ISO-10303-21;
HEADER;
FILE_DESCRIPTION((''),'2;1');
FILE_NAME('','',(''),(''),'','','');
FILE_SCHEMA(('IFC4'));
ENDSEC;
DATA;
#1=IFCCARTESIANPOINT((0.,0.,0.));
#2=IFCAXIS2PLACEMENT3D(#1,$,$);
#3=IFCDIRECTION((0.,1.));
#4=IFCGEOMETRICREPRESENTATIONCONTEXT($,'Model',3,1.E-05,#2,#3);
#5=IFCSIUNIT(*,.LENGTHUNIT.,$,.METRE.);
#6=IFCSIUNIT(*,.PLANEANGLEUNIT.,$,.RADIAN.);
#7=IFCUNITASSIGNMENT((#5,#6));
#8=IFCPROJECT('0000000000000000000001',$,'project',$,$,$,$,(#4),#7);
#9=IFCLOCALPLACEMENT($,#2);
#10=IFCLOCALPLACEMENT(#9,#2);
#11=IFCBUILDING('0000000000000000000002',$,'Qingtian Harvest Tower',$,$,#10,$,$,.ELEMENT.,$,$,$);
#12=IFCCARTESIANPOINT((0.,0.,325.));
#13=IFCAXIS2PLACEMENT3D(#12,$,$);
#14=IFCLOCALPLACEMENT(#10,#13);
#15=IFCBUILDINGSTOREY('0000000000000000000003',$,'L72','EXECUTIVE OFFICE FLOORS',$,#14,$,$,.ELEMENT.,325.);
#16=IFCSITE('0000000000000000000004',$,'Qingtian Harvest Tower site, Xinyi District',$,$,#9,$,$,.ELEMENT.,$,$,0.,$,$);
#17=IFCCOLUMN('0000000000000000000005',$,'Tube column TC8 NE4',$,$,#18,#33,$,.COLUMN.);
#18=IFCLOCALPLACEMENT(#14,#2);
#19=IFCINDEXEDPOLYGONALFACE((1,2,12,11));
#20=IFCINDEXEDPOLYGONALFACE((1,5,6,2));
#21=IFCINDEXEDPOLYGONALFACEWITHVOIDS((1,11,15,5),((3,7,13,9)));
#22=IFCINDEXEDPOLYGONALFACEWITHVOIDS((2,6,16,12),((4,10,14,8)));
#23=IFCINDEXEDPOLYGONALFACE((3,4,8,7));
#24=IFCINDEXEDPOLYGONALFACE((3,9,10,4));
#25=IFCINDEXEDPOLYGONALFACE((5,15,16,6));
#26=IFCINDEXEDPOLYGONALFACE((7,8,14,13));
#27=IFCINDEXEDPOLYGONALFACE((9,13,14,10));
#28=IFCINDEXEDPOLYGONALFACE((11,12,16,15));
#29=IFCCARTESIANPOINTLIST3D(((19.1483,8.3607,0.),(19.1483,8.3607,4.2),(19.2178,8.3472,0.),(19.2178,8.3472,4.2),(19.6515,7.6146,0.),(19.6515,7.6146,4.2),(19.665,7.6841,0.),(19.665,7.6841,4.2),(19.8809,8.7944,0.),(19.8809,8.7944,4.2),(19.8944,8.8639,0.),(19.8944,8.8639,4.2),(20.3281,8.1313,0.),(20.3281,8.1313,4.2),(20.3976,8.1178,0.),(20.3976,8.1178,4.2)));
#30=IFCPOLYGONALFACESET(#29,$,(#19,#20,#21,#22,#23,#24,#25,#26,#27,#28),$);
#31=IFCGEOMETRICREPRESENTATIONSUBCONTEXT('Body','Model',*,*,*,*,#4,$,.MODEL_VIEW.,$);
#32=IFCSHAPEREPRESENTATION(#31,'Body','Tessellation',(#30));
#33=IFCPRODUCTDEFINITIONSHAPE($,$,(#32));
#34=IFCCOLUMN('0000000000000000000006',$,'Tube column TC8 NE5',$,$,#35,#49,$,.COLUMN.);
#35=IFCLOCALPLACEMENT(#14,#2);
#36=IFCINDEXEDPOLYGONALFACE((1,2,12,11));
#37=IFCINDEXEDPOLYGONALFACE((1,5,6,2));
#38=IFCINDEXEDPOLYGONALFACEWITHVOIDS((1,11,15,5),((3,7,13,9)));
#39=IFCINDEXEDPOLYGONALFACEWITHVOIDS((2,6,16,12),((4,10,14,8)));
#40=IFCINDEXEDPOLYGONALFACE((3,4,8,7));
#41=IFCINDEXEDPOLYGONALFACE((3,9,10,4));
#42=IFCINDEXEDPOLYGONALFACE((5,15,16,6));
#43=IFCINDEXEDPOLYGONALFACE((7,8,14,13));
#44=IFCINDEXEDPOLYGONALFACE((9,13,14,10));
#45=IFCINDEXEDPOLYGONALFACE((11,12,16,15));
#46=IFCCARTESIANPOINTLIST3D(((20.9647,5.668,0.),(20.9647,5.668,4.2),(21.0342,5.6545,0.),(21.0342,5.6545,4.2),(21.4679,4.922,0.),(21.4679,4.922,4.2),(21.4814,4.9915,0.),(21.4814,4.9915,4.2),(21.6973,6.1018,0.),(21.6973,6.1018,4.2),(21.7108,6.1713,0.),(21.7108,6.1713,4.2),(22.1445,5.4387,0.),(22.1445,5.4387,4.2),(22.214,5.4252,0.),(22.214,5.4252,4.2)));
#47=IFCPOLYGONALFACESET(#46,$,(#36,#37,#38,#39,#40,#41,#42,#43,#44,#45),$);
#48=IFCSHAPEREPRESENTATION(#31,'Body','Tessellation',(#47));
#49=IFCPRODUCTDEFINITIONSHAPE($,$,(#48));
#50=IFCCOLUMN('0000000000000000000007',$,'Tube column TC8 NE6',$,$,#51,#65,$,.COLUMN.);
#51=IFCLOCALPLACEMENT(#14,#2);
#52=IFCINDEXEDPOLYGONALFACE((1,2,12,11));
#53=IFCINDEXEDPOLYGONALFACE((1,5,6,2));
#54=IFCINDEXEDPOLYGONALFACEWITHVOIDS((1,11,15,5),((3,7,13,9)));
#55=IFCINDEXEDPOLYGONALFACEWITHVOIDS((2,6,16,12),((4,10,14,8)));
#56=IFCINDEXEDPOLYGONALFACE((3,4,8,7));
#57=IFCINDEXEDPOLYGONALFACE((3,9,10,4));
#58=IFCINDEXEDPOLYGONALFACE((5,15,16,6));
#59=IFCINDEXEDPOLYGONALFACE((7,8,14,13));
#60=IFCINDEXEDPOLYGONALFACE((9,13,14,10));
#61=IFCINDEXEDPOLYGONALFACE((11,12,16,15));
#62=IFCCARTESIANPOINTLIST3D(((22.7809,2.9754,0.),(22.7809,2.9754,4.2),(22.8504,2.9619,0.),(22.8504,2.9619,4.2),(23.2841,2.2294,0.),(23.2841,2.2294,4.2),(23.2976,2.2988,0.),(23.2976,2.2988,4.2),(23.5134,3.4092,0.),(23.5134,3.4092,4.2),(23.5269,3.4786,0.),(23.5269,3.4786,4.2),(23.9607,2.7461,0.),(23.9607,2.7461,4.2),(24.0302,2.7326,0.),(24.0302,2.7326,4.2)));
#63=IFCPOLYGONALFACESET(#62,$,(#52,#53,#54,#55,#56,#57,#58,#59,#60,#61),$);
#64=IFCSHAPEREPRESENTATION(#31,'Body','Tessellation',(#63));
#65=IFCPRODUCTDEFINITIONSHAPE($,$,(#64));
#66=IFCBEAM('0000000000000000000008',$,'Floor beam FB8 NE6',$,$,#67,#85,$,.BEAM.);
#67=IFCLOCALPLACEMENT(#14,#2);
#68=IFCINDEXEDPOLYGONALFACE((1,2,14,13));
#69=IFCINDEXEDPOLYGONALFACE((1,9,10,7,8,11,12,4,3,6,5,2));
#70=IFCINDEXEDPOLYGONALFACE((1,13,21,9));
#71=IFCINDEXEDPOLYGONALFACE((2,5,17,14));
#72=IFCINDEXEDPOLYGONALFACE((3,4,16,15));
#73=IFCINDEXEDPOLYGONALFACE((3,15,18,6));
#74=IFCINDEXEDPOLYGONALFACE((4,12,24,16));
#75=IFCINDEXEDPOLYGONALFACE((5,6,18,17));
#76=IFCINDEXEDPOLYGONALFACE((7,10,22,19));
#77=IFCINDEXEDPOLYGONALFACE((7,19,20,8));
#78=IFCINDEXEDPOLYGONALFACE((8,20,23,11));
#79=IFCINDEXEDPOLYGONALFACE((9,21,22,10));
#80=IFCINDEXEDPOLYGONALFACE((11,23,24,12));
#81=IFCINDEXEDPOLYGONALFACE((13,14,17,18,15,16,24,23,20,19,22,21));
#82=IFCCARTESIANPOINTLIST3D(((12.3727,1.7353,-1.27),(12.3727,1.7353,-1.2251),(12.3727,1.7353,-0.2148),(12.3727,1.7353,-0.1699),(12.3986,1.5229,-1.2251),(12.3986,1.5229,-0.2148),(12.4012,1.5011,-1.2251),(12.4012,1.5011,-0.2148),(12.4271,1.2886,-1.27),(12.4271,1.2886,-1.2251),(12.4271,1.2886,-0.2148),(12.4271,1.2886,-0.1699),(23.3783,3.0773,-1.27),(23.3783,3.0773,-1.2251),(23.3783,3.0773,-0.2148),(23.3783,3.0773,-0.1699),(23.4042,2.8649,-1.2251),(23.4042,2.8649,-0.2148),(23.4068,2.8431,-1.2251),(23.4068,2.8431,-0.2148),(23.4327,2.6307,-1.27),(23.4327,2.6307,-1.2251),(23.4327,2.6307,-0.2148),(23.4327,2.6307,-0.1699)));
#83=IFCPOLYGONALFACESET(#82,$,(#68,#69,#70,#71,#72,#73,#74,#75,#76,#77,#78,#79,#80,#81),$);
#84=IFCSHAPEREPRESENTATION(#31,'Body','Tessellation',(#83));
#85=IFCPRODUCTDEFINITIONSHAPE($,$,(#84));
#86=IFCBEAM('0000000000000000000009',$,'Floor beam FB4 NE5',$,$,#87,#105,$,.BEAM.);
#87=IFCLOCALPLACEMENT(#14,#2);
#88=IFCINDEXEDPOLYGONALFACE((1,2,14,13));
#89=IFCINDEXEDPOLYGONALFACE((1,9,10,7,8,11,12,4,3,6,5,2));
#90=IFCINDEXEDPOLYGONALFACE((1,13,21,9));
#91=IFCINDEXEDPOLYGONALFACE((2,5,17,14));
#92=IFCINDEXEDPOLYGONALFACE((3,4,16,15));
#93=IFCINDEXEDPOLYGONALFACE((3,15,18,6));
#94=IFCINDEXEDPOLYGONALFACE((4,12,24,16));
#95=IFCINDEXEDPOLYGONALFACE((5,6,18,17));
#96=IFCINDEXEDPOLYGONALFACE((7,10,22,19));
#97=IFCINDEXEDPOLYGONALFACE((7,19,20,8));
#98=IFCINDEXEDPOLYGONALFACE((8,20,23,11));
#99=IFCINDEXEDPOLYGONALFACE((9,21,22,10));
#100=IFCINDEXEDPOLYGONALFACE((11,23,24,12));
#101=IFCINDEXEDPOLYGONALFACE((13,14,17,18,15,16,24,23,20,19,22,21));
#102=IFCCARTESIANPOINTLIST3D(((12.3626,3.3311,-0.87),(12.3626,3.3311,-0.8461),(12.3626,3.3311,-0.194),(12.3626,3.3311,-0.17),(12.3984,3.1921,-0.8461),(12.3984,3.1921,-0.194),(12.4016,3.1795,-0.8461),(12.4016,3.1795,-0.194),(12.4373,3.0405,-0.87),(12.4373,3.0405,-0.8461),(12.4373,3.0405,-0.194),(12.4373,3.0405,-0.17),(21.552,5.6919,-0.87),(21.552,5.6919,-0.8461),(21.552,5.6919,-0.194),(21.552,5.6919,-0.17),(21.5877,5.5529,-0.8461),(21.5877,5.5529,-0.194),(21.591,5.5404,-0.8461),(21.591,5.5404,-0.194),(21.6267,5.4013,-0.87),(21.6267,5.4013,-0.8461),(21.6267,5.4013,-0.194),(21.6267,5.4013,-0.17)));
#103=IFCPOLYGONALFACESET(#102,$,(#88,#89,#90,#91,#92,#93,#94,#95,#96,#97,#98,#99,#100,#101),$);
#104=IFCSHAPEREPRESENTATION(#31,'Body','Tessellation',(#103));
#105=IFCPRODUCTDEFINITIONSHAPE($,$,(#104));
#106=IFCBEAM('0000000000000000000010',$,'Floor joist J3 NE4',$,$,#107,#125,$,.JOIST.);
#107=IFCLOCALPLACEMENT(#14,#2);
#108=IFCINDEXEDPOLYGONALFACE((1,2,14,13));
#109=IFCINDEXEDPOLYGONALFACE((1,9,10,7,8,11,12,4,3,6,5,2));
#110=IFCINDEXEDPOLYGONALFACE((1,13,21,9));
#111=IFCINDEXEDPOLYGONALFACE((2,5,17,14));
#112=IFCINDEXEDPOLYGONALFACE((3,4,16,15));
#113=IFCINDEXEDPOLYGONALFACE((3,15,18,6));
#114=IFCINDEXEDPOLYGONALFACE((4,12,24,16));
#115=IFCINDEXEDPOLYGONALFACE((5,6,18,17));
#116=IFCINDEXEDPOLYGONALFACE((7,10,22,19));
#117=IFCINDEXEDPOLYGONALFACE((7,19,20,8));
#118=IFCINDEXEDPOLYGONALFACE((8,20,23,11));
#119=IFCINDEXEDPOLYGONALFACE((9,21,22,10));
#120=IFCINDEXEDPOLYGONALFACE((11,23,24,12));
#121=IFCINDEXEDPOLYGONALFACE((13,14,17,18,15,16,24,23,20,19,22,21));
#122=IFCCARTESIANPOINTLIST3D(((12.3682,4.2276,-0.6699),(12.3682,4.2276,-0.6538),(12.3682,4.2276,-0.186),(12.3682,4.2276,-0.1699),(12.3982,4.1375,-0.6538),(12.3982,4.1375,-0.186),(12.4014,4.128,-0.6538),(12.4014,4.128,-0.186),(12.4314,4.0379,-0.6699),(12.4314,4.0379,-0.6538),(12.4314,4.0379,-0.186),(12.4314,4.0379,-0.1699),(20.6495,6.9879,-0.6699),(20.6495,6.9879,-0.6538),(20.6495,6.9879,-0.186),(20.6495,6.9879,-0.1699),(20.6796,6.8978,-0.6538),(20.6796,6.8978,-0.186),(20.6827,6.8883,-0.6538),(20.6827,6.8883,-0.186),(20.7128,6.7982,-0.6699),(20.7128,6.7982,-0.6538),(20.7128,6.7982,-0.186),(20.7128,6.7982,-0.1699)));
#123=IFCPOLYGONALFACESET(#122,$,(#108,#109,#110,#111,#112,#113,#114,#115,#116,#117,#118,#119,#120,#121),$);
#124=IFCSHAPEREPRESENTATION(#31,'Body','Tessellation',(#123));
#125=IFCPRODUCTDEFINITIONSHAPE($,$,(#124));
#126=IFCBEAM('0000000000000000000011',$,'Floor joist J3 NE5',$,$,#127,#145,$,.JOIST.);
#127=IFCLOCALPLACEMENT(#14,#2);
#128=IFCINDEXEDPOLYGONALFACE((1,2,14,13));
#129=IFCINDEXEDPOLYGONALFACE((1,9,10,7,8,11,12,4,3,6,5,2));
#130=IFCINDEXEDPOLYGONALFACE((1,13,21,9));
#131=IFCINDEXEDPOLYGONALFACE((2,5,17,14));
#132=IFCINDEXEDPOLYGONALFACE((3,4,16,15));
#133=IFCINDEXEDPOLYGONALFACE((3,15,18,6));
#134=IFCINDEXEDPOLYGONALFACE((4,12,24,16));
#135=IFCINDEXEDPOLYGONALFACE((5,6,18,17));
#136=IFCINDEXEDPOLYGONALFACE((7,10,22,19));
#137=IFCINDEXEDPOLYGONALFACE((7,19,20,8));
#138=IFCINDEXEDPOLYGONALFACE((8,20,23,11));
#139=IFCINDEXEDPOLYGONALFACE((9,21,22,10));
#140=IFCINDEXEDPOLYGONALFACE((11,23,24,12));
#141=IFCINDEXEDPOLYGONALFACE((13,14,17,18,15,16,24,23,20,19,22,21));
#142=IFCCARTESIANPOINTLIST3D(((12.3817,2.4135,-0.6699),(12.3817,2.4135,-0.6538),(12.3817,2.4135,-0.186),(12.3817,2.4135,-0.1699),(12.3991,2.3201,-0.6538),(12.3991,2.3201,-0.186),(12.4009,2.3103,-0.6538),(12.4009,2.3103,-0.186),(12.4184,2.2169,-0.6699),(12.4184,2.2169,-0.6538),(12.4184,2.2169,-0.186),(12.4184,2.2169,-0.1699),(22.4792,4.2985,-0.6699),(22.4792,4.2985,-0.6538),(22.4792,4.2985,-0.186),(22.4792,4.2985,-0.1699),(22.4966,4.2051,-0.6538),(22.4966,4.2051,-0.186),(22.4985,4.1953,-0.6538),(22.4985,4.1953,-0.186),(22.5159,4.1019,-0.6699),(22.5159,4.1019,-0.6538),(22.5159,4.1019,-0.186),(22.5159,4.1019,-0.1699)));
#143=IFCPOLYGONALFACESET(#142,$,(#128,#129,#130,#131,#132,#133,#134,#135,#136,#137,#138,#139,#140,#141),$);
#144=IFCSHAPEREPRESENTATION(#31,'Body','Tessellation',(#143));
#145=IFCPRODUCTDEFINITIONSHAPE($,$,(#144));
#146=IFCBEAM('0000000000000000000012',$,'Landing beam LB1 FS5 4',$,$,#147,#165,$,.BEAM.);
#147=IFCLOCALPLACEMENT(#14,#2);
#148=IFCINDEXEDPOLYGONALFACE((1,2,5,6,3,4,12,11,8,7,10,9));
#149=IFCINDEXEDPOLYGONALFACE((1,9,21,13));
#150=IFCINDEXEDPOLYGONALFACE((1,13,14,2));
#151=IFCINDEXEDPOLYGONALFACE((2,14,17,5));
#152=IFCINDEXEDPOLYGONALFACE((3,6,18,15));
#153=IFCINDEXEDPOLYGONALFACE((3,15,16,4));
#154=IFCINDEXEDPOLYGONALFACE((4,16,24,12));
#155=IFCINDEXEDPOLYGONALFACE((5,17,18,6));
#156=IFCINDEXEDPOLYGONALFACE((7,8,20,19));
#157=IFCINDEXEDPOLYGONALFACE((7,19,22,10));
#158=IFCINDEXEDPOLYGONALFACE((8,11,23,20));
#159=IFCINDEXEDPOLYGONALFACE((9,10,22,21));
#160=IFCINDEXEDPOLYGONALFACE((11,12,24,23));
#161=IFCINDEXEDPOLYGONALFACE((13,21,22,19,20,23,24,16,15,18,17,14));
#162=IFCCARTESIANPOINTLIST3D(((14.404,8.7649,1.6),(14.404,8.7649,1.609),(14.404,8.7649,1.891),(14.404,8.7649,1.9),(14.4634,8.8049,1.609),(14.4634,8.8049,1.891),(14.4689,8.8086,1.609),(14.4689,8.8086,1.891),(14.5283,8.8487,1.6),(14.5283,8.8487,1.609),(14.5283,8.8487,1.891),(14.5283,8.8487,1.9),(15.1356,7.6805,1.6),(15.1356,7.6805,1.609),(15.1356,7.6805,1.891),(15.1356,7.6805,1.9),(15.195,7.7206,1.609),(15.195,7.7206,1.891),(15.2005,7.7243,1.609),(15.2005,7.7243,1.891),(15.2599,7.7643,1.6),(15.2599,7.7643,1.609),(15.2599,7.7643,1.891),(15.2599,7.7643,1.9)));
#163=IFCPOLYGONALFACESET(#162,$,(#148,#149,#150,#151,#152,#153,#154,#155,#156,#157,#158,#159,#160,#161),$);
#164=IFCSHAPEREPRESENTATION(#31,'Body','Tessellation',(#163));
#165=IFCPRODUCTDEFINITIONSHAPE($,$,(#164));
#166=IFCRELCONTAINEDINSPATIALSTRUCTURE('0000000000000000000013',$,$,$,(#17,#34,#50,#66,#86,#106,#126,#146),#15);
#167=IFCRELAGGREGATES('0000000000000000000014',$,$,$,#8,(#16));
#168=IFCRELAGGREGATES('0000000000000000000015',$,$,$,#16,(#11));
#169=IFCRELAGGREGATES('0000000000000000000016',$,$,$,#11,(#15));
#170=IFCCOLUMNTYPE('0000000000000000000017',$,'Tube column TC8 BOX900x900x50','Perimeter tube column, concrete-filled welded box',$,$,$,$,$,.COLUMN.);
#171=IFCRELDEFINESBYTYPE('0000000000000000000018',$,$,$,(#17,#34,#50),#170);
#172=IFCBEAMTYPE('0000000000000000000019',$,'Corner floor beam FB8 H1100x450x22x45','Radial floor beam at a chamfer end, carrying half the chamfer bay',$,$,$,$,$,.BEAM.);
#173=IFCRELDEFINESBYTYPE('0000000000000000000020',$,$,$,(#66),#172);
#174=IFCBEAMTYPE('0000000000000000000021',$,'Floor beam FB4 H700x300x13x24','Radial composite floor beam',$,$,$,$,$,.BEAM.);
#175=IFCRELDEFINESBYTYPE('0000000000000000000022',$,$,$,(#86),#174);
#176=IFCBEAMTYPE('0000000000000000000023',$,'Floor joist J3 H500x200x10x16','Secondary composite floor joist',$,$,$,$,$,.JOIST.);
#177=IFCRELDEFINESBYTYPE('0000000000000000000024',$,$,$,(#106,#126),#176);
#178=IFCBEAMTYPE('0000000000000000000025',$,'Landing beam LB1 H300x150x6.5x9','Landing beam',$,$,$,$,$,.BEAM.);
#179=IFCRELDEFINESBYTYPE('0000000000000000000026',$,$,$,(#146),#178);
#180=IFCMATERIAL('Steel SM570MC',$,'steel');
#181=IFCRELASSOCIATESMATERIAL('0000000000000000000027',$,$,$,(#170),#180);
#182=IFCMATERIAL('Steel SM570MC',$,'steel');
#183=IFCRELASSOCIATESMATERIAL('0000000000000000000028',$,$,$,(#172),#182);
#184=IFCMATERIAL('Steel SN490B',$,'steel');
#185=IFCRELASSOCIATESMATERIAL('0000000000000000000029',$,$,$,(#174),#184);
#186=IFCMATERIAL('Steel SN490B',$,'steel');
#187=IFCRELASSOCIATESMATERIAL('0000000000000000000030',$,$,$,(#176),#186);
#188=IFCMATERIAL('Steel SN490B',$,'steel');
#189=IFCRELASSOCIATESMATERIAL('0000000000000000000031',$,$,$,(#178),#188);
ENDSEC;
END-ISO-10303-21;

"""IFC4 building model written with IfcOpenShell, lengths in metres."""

from ifc_helpers import new_model, si_unit, direction, frame, origin, origin_2d, place, context, subcontext, project, spatial, hollow_rectangle, i_section, extrude, material, material_profile, profile_set, type_object, element, save


model = new_model("IFC4")

# Units and contexts
model_context = context("Model", 3, precision=1e-05, world=origin(), true_north=direction((0.0, 1.0)))
body_context = subcontext(model_context, "Body", "Model", "MODEL_VIEW")
ifc_project = project(units=[si_unit("LENGTHUNIT", "METRE"), si_unit("PLANEANGLEUNIT", "RADIAN")], contexts=[model_context])

# Site, building, storey
site_placement = place(None, origin())
site = spatial("IfcSite", under=ifc_project, at=site_placement, Name="Qingtian Harvest Tower site, Xinyi District", CompositionType="ELEMENT", RefElevation=0.0)
building_placement = place(site_placement, origin())
building = spatial("IfcBuilding", under=site, at=building_placement, Name="Qingtian Harvest Tower", CompositionType="ELEMENT")
storey_placement = place(building_placement, frame((0.0, 0.0, 325.0)))
storey = spatial("IfcBuildingStorey", under=building, at=storey_placement, Name="L72", Description="EXECUTIVE OFFICE FLOORS", CompositionType="ELEMENT", Elevation=325.0)

# Columns
ifc_material_1 = material(Name="Steel SM570MC", Category="steel")
ifc_material_profile_1 = material_profile(ifc_material_1, hollow_rectangle(XDim=0.8999, YDim=0.8999, WallThickness=0.05, at=origin_2d()), Name="BOX900x900x50")
ifc_profile_set_1 = profile_set([ifc_material_profile_1], Name="Steel SM570MC")
column_type = type_object("IfcColumnType", Name="Tube column TC8 BOX900x900x50", Description="Perimeter tube column, concrete-filled welded box", PredefinedType="COLUMN", material=ifc_profile_set_1)
for number, where, z_axis, x_axis, name in (
    (1, (19.7729, 8.2393, 0.0), (0.0, 0.0, 1.0), (-0.559193, 0.829038, 0.0), "Tube column TC8 NE4"),
    (2, (21.5894, 5.5466, 0.0), (0.0, 0.0, 1.0), (-0.559193, 0.829038, 0.0), "Tube column TC8 NE5"),
    (3, (23.4055, 2.854, 0.0), (0.0, 0.0, 1.0), (-0.559193, 0.829038, 0.0), "Tube column TC8 NE6"),
):
    element("IfcColumn", number, at=place(storey_placement, frame(where, z_axis=z_axis, x_axis=x_axis)), inside=storey, type_object=column_type, Name=name, PredefinedType="COLUMN", context=body_context, shape_type="SweptSolid", body=[
        extrude(hollow_rectangle(XDim=0.8999, YDim=0.8999, WallThickness=0.05, at=origin_2d()), origin(), (0.0, 0.0, 1.0), 4.2),
    ])

# Beams
ifc_material_2 = material(Name="Steel SM570MC", Category="steel")
ifc_material_profile_2 = material_profile(ifc_material_2, i_section(OverallWidth=0.45, OverallDepth=1.1001, WebThickness=0.022, FlangeThickness=0.0449, at=origin_2d()), Name="H1100x450x22x45")
ifc_profile_set_2 = profile_set([ifc_material_profile_2], Name="Steel SM570MC")
beam_type_1 = type_object("IfcBeamType", Name="Corner floor beam FB8 H1100x450x22x45", Description="Radial floor beam at a chamfer end, carrying half the chamfer bay", PredefinedType="BEAM", material=ifc_profile_set_2)
beam_1_placement = place(storey_placement, frame((23.4055, 2.854, -0.72), z_axis=(-0.992647, -0.121045, 0.0), x_axis=(0.121045, -0.992647, 0.0)))
element("IfcBeam", 4, at=beam_1_placement, inside=storey, type_object=beam_type_1, Name="Floor beam FB8 NE6", PredefinedType="BEAM", context=body_context, shape_type="SweptSolid", body=[
    extrude(i_section(OverallWidth=0.45, OverallDepth=1.1001, WebThickness=0.022, FlangeThickness=0.0449, at=origin_2d()), origin(), (0.0, 0.0, 1.0), 11.0872),
])
ifc_material_3 = material(Name="Steel SN490B", Category="steel")
ifc_material_profile_3 = material_profile(ifc_material_3, i_section(OverallWidth=0.3, OverallDepth=0.7, WebThickness=0.0129, FlangeThickness=0.0239, at=origin_2d()), Name="H700x300x13x24")
ifc_profile_set_3 = profile_set([ifc_material_profile_3], Name="Steel SN490B")
beam_type_2 = type_object("IfcBeamType", Name="Floor beam FB4 H700x300x13x24", Description="Radial composite floor beam", PredefinedType="BEAM", material=ifc_profile_set_3)
beam_2_placement = place(storey_placement, frame((21.5894, 5.5466, -0.52), z_axis=(-0.968548, -0.248827, 0.0), x_axis=(0.248827, -0.968548, 0.0)))
element("IfcBeam", 5, at=beam_2_placement, inside=storey, type_object=beam_type_2, Name="Floor beam FB4 NE5", PredefinedType="BEAM", context=body_context, shape_type="SweptSolid", body=[
    extrude(i_section(OverallWidth=0.3, OverallDepth=0.7, WebThickness=0.0129, FlangeThickness=0.0239, at=origin_2d()), origin(), (0.0, 0.0, 1.0), 9.4878),
])
ifc_material_4 = material(Name="Steel SN490B", Category="steel")
ifc_material_profile_4 = material_profile(ifc_material_4, i_section(OverallWidth=0.2, OverallDepth=0.5, WebThickness=0.01, FlangeThickness=0.0161, at=origin_2d()), Name="H500x200x10x16")
ifc_profile_set_4 = profile_set([ifc_material_profile_4], Name="Steel SN490B")
beam_type_3 = type_object("IfcBeamType", Name="Floor joist J3 H500x200x10x16", Description="Secondary composite floor joist", PredefinedType="JOIST", material=ifc_profile_set_4)
beam_3_placement = place(storey_placement, frame((20.6812, 6.8931, -0.4199), z_axis=(-0.948689, -0.316211, 0.0), x_axis=(0.316211, -0.948689, 0.0)))
element("IfcBeam", 6, at=beam_3_placement, inside=storey, type_object=beam_type_3, Name="Floor joist J3 NE4", PredefinedType="JOIST", context=body_context, shape_type="SweptSolid", body=[
    extrude(i_section(OverallWidth=0.2, OverallDepth=0.5, WebThickness=0.01, FlangeThickness=0.0161, at=origin_2d()), origin(), (0.0, 0.0, 1.0), 8.7292),
])
beam_4_placement = place(storey_placement, frame((22.4976, 4.2002, -0.4199), z_axis=(-0.983018, -0.183508, 0.0), x_axis=(0.183508, -0.983018, 0.0)))
element("IfcBeam", 7, at=beam_4_placement, inside=storey, type_object=beam_type_3, Name="Floor joist J3 NE5", PredefinedType="JOIST", context=body_context, shape_type="SweptSolid", body=[
    extrude(i_section(OverallWidth=0.2, OverallDepth=0.5, WebThickness=0.01, FlangeThickness=0.0161, at=origin_2d()), origin(), (0.0, 0.0, 1.0), 10.272),
])
ifc_material_5 = material(Name="Steel SN490B", Category="steel")
ifc_material_profile_5 = material_profile(ifc_material_5, i_section(OverallWidth=0.1499, OverallDepth=0.3, WebThickness=0.0066, FlangeThickness=0.009, at=origin_2d()), Name="H300x150x6.5x9")
ifc_profile_set_5 = profile_set([ifc_material_profile_5], Name="Steel SN490B")
beam_type_4 = type_object("IfcBeamType", Name="Landing beam LB1 H300x150x6.5x9", Description="Landing beam", PredefinedType="BEAM", material=ifc_profile_set_5)
beam_5_placement = place(storey_placement, frame((15.1978, 7.7224, 1.75), z_axis=(-0.5593, 0.828965, 0.0), x_axis=(-0.828965, -0.5593, 0.0)))
element("IfcBeam", 8, at=beam_5_placement, inside=storey, type_object=beam_type_4, Name="Landing beam LB1 FS5 4", PredefinedType="BEAM", context=body_context, shape_type="SweptSolid", body=[
    extrude(i_section(OverallWidth=0.1499, OverallDepth=0.3, WebThickness=0.0066, FlangeThickness=0.009, at=origin_2d()), origin(), (0.0, 0.0, 1.0), 1.3081),
])

save(model, "model.ifc")
